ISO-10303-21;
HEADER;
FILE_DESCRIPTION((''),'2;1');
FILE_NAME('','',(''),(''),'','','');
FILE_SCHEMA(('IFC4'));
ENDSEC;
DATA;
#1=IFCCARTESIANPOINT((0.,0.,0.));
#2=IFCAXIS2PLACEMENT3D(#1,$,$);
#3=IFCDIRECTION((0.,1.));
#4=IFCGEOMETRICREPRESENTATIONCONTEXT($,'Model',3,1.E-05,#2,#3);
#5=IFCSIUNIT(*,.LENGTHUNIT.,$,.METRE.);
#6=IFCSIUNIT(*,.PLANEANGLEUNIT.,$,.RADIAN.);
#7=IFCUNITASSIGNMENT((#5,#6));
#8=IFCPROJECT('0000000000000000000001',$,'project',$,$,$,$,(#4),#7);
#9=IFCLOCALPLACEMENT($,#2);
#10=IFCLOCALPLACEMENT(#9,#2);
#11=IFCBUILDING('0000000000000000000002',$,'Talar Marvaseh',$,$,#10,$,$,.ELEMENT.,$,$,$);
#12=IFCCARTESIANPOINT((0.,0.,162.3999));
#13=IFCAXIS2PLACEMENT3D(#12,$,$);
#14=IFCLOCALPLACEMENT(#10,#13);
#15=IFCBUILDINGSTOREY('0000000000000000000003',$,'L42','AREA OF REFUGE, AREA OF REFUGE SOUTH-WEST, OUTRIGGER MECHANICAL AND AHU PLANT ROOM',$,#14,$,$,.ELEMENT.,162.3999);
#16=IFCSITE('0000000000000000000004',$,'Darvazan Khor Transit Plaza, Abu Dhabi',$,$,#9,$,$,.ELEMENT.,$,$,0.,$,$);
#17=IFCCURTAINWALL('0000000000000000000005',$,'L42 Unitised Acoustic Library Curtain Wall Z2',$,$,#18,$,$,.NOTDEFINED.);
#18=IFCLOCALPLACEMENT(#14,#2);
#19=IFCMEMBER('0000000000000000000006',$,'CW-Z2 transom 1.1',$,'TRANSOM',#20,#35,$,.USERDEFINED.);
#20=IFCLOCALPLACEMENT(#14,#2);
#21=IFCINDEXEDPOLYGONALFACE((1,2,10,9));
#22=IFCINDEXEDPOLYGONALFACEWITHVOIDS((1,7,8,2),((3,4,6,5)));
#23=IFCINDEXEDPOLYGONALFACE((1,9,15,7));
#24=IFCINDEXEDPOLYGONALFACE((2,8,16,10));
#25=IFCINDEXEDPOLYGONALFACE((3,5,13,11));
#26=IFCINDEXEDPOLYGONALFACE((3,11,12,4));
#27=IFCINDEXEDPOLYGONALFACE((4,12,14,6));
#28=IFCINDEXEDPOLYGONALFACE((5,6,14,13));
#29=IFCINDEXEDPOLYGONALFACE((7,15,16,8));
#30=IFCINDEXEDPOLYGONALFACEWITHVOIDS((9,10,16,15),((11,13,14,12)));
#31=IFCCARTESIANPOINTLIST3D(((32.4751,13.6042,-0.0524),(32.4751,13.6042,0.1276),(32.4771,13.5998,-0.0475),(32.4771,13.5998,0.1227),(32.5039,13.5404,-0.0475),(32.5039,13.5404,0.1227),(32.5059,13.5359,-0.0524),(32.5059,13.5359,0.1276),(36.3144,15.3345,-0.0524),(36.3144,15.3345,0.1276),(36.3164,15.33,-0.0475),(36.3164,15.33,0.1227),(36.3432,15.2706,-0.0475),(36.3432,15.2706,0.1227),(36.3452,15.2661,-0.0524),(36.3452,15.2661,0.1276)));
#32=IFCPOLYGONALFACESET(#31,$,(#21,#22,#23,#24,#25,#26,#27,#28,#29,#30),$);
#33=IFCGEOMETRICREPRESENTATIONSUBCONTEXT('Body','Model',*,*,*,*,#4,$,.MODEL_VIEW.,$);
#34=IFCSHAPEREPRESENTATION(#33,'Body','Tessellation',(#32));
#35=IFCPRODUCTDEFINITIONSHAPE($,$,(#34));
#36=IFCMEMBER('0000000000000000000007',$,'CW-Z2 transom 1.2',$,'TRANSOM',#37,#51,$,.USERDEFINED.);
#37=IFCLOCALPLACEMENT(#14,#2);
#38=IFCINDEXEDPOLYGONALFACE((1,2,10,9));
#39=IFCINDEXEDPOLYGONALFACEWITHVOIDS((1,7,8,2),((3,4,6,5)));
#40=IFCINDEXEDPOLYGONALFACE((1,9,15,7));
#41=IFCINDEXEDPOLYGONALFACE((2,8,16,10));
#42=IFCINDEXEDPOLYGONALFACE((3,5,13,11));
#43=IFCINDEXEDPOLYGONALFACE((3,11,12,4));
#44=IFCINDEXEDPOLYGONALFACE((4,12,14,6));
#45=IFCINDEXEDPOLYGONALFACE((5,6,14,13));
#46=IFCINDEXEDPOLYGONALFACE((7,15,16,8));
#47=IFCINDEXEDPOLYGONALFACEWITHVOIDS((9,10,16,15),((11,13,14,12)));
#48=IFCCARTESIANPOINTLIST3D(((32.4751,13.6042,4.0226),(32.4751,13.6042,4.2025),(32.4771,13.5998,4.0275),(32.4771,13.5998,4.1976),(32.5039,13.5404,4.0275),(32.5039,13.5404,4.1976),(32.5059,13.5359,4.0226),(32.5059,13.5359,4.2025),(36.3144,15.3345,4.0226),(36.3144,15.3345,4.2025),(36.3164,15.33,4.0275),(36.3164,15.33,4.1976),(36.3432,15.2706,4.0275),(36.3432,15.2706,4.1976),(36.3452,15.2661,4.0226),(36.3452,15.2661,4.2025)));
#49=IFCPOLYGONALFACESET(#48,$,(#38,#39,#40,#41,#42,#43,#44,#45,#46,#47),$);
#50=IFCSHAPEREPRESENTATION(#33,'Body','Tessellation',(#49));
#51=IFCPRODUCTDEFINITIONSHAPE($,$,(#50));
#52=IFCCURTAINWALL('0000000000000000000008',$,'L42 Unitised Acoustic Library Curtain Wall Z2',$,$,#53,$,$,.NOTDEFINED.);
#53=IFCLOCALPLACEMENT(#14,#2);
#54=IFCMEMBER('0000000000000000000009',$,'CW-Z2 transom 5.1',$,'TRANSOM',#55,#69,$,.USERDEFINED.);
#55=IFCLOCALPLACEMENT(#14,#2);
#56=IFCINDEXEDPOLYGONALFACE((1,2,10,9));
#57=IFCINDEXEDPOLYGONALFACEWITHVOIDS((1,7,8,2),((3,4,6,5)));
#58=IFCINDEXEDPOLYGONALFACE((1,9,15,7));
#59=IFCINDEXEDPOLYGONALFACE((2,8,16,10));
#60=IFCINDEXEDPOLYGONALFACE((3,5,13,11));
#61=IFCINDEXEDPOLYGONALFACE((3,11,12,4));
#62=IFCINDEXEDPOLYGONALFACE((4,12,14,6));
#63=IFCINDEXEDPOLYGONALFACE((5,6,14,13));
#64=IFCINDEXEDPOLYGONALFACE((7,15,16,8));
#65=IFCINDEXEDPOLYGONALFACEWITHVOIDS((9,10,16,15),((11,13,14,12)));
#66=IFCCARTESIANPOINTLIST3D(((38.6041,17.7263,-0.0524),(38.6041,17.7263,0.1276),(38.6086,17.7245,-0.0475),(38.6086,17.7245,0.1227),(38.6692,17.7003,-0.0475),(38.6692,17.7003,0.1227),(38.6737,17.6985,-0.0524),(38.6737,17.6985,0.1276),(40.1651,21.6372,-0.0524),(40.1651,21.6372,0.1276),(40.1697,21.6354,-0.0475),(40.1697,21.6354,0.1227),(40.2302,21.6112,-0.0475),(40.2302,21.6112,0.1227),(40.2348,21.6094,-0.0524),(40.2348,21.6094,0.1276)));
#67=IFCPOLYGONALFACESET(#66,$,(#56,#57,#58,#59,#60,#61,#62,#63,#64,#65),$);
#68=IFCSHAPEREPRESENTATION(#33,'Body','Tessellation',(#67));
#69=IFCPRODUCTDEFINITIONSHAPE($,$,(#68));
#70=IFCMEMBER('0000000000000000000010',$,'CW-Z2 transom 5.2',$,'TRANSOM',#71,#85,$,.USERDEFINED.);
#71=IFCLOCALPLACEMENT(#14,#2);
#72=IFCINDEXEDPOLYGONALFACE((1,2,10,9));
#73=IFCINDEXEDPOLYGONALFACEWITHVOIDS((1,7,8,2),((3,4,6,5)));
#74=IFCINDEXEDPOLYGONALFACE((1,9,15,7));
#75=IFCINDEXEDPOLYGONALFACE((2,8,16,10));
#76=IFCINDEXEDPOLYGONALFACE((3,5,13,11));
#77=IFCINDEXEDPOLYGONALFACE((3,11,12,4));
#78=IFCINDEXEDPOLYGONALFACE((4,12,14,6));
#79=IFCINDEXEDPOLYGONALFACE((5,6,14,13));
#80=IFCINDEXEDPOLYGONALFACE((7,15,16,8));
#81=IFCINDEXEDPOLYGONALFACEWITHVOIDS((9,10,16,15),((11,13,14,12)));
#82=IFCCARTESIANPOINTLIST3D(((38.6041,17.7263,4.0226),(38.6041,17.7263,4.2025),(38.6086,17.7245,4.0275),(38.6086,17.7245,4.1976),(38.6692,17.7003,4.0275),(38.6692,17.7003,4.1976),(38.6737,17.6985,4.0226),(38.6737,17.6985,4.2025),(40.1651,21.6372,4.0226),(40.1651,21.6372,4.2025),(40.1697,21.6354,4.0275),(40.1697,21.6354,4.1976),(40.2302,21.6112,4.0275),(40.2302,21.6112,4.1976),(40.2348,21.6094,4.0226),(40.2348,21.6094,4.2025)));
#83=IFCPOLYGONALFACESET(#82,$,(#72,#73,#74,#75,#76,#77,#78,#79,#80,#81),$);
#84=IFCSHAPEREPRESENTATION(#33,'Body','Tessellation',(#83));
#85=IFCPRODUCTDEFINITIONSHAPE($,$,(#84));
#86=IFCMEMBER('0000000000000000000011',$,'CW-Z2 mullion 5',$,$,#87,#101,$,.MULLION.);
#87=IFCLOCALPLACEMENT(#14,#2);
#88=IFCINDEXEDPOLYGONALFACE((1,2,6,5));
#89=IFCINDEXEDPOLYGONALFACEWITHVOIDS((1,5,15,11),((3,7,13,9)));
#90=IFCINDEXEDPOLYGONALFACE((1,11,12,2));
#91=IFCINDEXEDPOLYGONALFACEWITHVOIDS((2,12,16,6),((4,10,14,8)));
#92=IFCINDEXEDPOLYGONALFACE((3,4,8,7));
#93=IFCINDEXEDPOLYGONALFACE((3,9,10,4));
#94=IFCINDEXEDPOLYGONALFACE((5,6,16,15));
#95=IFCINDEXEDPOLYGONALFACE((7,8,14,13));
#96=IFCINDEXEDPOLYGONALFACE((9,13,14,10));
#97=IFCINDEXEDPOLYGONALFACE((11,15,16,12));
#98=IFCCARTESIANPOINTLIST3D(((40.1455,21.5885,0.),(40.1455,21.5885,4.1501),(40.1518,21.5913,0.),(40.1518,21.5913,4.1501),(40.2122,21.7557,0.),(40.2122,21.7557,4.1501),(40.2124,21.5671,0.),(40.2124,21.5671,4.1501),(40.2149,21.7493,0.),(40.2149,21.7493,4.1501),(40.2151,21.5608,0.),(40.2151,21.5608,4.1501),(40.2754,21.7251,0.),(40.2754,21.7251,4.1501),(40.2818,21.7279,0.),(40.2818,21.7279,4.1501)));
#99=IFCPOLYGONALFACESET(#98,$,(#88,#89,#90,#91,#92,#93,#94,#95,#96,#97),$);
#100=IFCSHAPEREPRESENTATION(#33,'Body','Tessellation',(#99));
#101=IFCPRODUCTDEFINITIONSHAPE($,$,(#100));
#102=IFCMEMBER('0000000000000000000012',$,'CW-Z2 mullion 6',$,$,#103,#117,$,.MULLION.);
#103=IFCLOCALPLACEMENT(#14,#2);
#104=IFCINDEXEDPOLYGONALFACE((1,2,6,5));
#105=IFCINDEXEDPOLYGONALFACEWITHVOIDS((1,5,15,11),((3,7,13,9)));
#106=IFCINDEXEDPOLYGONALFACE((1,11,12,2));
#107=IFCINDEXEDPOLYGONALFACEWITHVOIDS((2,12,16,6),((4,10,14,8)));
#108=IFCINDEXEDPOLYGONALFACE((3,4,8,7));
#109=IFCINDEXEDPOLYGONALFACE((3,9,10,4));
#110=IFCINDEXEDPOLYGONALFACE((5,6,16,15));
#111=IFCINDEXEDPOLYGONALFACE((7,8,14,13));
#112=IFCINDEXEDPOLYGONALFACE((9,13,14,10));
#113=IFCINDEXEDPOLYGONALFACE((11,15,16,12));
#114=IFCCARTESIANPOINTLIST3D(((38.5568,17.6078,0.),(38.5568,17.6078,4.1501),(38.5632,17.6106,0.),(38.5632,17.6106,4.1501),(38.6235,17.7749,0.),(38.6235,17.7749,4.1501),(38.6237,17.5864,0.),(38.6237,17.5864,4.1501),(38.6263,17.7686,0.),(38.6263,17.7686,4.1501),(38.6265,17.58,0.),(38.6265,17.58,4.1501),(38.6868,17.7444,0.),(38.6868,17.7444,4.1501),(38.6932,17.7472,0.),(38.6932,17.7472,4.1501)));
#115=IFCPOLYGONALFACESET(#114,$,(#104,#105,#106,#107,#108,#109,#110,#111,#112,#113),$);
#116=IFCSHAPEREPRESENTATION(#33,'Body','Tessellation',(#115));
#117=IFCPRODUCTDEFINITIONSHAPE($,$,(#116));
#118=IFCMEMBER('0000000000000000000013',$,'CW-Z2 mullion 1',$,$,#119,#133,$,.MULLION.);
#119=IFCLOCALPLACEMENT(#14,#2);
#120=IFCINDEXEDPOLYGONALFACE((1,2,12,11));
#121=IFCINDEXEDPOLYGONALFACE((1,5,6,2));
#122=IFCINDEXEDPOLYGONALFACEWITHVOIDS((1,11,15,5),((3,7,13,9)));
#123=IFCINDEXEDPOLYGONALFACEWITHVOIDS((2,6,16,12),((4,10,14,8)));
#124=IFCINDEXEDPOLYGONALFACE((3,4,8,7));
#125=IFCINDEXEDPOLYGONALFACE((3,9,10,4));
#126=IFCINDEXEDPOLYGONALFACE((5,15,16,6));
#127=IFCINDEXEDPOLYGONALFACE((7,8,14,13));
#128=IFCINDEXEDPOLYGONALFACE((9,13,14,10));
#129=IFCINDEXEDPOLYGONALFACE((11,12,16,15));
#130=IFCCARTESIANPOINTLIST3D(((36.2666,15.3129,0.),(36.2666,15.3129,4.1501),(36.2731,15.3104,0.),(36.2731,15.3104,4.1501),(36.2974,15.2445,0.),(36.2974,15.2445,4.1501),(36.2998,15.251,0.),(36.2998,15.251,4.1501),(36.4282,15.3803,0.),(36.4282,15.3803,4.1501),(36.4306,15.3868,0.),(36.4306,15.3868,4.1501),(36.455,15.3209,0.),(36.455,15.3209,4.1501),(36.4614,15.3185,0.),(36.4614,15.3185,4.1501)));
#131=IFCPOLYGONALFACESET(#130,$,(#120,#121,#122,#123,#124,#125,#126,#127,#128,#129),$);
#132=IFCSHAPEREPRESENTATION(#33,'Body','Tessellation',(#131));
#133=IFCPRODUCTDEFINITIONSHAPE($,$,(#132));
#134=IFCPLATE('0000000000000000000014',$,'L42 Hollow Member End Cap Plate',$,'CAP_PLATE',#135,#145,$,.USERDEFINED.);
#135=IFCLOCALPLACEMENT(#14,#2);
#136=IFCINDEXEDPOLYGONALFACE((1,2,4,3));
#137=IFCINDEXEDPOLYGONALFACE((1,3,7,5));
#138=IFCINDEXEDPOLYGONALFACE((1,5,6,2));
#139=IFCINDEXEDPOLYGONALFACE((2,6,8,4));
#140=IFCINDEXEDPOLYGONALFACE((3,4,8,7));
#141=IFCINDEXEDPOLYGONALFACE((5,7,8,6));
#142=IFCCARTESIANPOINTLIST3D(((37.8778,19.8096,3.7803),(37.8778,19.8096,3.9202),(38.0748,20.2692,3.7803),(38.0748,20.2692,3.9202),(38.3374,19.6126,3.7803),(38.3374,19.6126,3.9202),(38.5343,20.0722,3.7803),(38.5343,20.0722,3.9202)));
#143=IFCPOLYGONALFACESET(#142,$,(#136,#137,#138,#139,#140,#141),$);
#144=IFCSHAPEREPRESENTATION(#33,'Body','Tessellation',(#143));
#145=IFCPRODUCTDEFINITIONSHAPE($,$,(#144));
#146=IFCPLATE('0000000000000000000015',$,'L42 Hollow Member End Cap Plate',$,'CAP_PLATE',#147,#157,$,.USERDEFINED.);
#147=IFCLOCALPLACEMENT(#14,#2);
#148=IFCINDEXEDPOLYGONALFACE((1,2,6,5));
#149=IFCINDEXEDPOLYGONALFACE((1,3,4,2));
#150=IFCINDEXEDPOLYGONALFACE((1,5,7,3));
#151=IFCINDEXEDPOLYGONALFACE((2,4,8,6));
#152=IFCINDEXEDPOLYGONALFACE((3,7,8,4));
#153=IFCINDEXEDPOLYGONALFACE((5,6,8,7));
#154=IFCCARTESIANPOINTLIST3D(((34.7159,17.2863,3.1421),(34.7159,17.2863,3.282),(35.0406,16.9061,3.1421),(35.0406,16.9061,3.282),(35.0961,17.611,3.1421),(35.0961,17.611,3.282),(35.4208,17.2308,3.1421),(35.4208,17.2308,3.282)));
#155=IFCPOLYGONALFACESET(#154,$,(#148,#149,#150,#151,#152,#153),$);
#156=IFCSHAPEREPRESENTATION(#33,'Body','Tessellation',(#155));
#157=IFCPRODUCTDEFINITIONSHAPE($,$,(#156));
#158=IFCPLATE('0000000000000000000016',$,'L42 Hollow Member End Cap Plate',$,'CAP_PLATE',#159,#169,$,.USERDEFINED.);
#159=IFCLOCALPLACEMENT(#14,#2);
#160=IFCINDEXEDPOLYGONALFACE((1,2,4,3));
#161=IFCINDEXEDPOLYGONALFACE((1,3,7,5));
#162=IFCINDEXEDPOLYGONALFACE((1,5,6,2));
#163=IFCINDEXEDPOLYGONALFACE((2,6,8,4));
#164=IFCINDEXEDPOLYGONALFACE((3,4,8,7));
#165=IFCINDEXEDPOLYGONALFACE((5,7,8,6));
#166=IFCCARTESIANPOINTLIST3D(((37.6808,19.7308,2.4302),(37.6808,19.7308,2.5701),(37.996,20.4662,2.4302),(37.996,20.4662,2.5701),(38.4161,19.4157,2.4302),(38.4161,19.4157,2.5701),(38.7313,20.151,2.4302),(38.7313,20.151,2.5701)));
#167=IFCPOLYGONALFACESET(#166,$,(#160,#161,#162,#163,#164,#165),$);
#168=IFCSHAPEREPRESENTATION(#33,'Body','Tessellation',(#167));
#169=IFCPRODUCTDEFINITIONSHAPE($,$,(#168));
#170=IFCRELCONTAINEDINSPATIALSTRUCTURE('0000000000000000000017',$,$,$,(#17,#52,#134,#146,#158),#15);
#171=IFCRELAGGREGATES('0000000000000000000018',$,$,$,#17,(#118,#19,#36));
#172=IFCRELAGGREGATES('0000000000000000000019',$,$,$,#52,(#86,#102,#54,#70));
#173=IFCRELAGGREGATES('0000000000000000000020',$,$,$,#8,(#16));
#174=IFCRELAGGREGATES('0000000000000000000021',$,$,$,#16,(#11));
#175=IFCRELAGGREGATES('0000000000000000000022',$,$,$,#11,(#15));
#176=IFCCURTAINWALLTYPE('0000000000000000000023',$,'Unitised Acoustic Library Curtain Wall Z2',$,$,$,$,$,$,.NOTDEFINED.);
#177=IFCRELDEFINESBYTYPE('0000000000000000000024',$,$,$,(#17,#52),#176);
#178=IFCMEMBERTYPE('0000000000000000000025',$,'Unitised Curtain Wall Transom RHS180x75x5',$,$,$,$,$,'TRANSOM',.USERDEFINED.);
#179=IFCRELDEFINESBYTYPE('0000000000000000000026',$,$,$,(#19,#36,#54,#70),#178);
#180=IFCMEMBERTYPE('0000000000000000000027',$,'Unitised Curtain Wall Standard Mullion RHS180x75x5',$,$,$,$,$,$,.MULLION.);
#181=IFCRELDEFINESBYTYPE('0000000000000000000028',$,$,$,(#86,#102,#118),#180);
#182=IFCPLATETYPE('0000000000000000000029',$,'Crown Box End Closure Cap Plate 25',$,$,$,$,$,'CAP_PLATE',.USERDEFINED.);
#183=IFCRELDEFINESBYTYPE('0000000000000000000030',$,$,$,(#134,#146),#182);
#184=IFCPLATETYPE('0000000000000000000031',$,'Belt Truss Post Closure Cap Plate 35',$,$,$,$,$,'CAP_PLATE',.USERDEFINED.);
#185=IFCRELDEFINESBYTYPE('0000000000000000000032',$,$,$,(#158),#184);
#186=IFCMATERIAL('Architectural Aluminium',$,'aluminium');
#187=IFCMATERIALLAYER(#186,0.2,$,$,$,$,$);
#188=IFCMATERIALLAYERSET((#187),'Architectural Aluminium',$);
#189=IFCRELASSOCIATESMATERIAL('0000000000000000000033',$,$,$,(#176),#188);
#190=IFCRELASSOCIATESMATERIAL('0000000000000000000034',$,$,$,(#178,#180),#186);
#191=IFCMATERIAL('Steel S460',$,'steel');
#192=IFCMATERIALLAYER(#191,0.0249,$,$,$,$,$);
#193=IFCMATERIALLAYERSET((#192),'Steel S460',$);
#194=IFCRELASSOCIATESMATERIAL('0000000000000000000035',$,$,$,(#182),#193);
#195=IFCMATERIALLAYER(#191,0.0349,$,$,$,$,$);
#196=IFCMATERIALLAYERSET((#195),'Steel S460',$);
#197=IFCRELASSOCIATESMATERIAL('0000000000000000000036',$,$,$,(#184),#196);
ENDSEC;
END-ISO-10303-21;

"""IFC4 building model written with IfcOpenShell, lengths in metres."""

from ifc_helpers import new_model, si_unit, direction, frame, origin, origin_2d, place, context, subcontext, project, spatial, rectangle, hollow_rectangle, extrude, source, transform, mapped, material, layer, layer_set, material_profile, profile_set, type_object, type_shapes, element, aggregate, save


model = new_model("IFC4")

# Units and contexts
model_context = context("Model", 3, precision=1e-05, world=origin(), true_north=direction((0.0, 1.0)))
body_context = subcontext(model_context, "Body", "Model", "MODEL_VIEW")
ifc_project = project(units=[si_unit("LENGTHUNIT", "METRE"), si_unit("PLANEANGLEUNIT", "RADIAN")], contexts=[model_context])

# Site, building, storey
site_placement = place(None, origin())
site = spatial("IfcSite", under=ifc_project, at=site_placement, Name="Darvazan Khor Transit Plaza, Abu Dhabi", CompositionType="ELEMENT", RefElevation=0.0)
building_placement = place(site_placement, origin())
building = spatial("IfcBuilding", under=site, at=building_placement, Name="Talar Marvaseh", CompositionType="ELEMENT")
storey_placement = place(building_placement, frame((0.0, 0.0, 162.3999)))
storey = spatial("IfcBuildingStorey", under=building, at=storey_placement, Name="L42", Description="AREA OF REFUGE, AREA OF REFUGE SOUTH-WEST, OUTRIGGER MECHANICAL AND AHU PLANT ROOM", CompositionType="ELEMENT", Elevation=162.3999)

# Shared definitions
ifc_material_1 = material(Name="Steel S460", Category="steel")

# Curtain walls, members
ifc_material_2 = material(Name="Architectural Aluminium", Category="aluminium")
ifc_layer_1 = layer(ifc_material_2, 0.2)
ifc_layer_set_1 = layer_set([ifc_layer_1], Name="Architectural Aluminium")
curtain_wall_type = type_object("IfcCurtainWallType", Name="Unitised Acoustic Library Curtain Wall Z2", PredefinedType="NOTDEFINED", material=ifc_layer_set_1)
curtain_wall_1_placement = place(storey_placement, origin())
curtain_wall_1 = element("IfcCurtainWall", 1, at=curtain_wall_1_placement, inside=storey, type_object=curtain_wall_type, Name="L42 Unitised Acoustic Library Curtain Wall Z2", PredefinedType="NOTDEFINED")
ifc_material_profile_1 = material_profile(ifc_material_2, hollow_rectangle(XDim=0.075, YDim=0.1799, WallThickness=0.0049, at=origin_2d()), Name="RHS180x75x5")
ifc_profile_set_1 = profile_set([ifc_material_profile_1], Name="Architectural Aluminium")
member_type_1 = type_object("IfcMemberType", Name="Unitised Curtain Wall Transom RHS180x75x5", ElementType="TRANSOM", PredefinedType="USERDEFINED", material=ifc_profile_set_1)
shared_shape_1 = source(origin(), body_context, "Body", "SweptSolid", [
    extrude(hollow_rectangle(XDim=0.075, YDim=0.1799, WallThickness=0.0049, at=origin_2d()), origin(), (0.0, 0.0, 1.0), 4.2112),
])
member_1_placement = place(storey_placement, frame((36.3298, 15.3003, 0.0376), z_axis=(-0.911698, -0.410861, 0.0), x_axis=(0.410861, -0.911698, 0.0)))
member_1 = element("IfcMember", 2, at=member_1_placement, type_object=member_type_1, Name="CW-Z2 transom 1.1", ObjectType="TRANSOM", PredefinedType="USERDEFINED", context=body_context, shape_type="MappedRepresentation", body=[
    mapped(shared_shape_1, transform((0.0, 0.0, 0.0), x_axis=(1.0, 0.0, 0.0), y_axis=(0.0, 1.0, 0.0), z_axis=(0.0, 0.0, 1.0), scale=1.0)),
])
member_2_placement = place(storey_placement, frame((36.3298, 15.3003, 4.1125), z_axis=(-0.911698, -0.410861, 0.0), x_axis=(0.410861, -0.911698, 0.0)))
member_2 = element("IfcMember", 3, at=member_2_placement, type_object=member_type_1, Name="CW-Z2 transom 1.2", ObjectType="TRANSOM", PredefinedType="USERDEFINED", context=body_context, shape_type="MappedRepresentation", body=[
    mapped(shared_shape_1, transform((0.0, 0.0, 0.0), x_axis=(1.0, 0.0, 0.0), y_axis=(0.0, 1.0, 0.0), z_axis=(0.0, 0.0, 1.0), scale=1.0)),
])
curtain_wall_2_placement = place(storey_placement, origin())
curtain_wall_2 = element("IfcCurtainWall", 4, at=curtain_wall_2_placement, inside=storey, type_object=curtain_wall_type, Name="L42 Unitised Acoustic Library Curtain Wall Z2", PredefinedType="NOTDEFINED")
shared_shape_2 = source(origin(), body_context, "Body", "SweptSolid", [
    extrude(hollow_rectangle(XDim=0.075, YDim=0.1799, WallThickness=0.0049, at=origin_2d()), origin(), (0.0, 0.0, 1.0), 4.2109),
])
type_shapes(member_type_1, [shared_shape_1, shared_shape_2])
member_3_placement = place(storey_placement, frame((40.2, 21.6233, 0.0376), z_axis=(-0.370711, -0.928748, 0.0), x_axis=(0.928748, -0.370711, 0.0)))
member_3 = element("IfcMember", 5, at=member_3_placement, type_object=member_type_1, Name="CW-Z2 transom 5.1", ObjectType="TRANSOM", PredefinedType="USERDEFINED", context=body_context, shape_type="MappedRepresentation", body=[
    mapped(shared_shape_2, transform((0.0, 0.0, 0.0), x_axis=(1.0, 0.0, 0.0), y_axis=(0.0, 1.0, 0.0), z_axis=(0.0, 0.0, 1.0), scale=1.0)),
])
member_4_placement = place(storey_placement, frame((40.2, 21.6233, 4.1125), z_axis=(-0.370711, -0.928748, 0.0), x_axis=(0.928748, -0.370711, 0.0)))
member_4 = element("IfcMember", 6, at=member_4_placement, type_object=member_type_1, Name="CW-Z2 transom 5.2", ObjectType="TRANSOM", PredefinedType="USERDEFINED", context=body_context, shape_type="MappedRepresentation", body=[
    mapped(shared_shape_2, transform((0.0, 0.0, 0.0), x_axis=(1.0, 0.0, 0.0), y_axis=(0.0, 1.0, 0.0), z_axis=(0.0, 0.0, 1.0), scale=1.0)),
])
ifc_material_profile_2 = material_profile(ifc_material_2, hollow_rectangle(XDim=0.075, YDim=0.1799, WallThickness=0.0049, at=origin_2d()), Name="RHS180x75x5")
ifc_profile_set_2 = profile_set([ifc_material_profile_2], Name="Architectural Aluminium")
member_type_2 = type_object("IfcMemberType", Name="Unitised Curtain Wall Standard Mullion RHS180x75x5", PredefinedType="MULLION", material=ifc_profile_set_2)
shared_shape_3 = source(origin(), body_context, "Body", "SweptSolid", [
    extrude(hollow_rectangle(XDim=0.075, YDim=0.1799, WallThickness=0.0049, at=origin_2d()), origin(), (0.0, 0.0, 1.0), 4.1501),
])
type_shapes(member_type_2, [shared_shape_3])
member_5_placement = place(storey_placement, frame((40.2136, 21.6582, 0.0), z_axis=(0.0, 0.0, 1.0), x_axis=(0.928752, -0.370702, 0.0)))
member_5 = element("IfcMember", 7, at=member_5_placement, type_object=member_type_2, Name="CW-Z2 mullion 5", PredefinedType="MULLION", context=body_context, shape_type="MappedRepresentation", body=[
    mapped(shared_shape_3, transform((0.0, 0.0, 0.0), x_axis=(1.0, 0.0, 0.0), y_axis=(0.0, 1.0, 0.0), z_axis=(0.0, 0.0, 1.0), scale=1.0)),
])
member_6_placement = place(storey_placement, frame((38.625, 17.6775, 0.0), z_axis=(0.0, 0.0, 1.0), x_axis=(0.928752, -0.370702, 0.0)))
member_6 = element("IfcMember", 8, at=member_6_placement, type_object=member_type_2, Name="CW-Z2 mullion 6", PredefinedType="MULLION", context=body_context, shape_type="MappedRepresentation", body=[
    mapped(shared_shape_3, transform((0.0, 0.0, 0.0), x_axis=(1.0, 0.0, 0.0), y_axis=(0.0, 1.0, 0.0), z_axis=(0.0, 0.0, 1.0), scale=1.0)),
])

# Member
member_7_placement = place(storey_placement, frame((36.364, 15.3157, 0.0), z_axis=(0.0, 0.0, 1.0), x_axis=(0.410862, -0.911697, 0.0)))
member_7 = element("IfcMember", 9, at=member_7_placement, type_object=member_type_2, Name="CW-Z2 mullion 1", PredefinedType="MULLION", context=body_context, shape_type="MappedRepresentation", body=[
    mapped(shared_shape_3, transform((0.0, 0.0, 0.0), x_axis=(1.0, 0.0, 0.0), y_axis=(0.0, 1.0, 0.0), z_axis=(0.0, 0.0, 1.0), scale=1.0)),
])
aggregate(curtain_wall_1, [member_7, member_1, member_2])

# Plates
ifc_layer_2 = layer(ifc_material_1, 0.0249)
ifc_layer_set_2 = layer_set([ifc_layer_2], Name="Steel S460")
plate_type_1 = type_object("IfcPlateType", Name="Crown Box End Closure Cap Plate 25", ElementType="CAP_PLATE", PredefinedType="USERDEFINED", material=ifc_layer_set_2)
shared_shape_4 = source(origin(), body_context, "Body", "SweptSolid", [
    extrude(rectangle(XDim=0.5, YDim=0.5, at=origin_2d()), origin(), (0.0, 0.0, 1.0), 0.1399),
])
type_shapes(plate_type_1, [shared_shape_4])
for number, where, z_axis, x_axis, name in (
    (10, (38.2061, 19.9409, 3.7803), (0.0, 0.0, 1.0), (-0.393942, -0.919135, 0.0), "L42 Hollow Member End Cap Plate"),
    (11, (35.0684, 17.2585, 3.1421), (0.0, 0.0, 1.0), (0.760406, 0.649448, 0.0), "L42 Hollow Member End Cap Plate"),
):
    element("IfcPlate", number, at=place(storey_placement, frame(where, z_axis=z_axis, x_axis=x_axis)), inside=storey, type_object=plate_type_1, Name=name, ObjectType="CAP_PLATE", PredefinedType="USERDEFINED", context=body_context, shape_type="MappedRepresentation", body=[
        mapped(shared_shape_4, transform((0.0, 0.0, 0.0), x_axis=(1.0, 0.0, 0.0), y_axis=(0.0, 1.0, 0.0), z_axis=(0.0, 0.0, 1.0), scale=1.0)),
    ])
ifc_layer_3 = layer(ifc_material_1, 0.0349)
ifc_layer_set_3 = layer_set([ifc_layer_3], Name="Steel S460")
plate_type_2 = type_object("IfcPlateType", Name="Belt Truss Post Closure Cap Plate 35", ElementType="CAP_PLATE", PredefinedType="USERDEFINED", material=ifc_layer_set_3)
shared_shape_5 = source(origin(), body_context, "Body", "SweptSolid", [
    extrude(rectangle(XDim=0.8, YDim=0.8, at=origin_2d()), origin(), (0.0, 0.0, 1.0), 0.1399),
])
plate_1_placement = place(storey_placement, frame((38.2061, 19.9409, 2.4302), z_axis=(0.0, 0.0, 1.0), x_axis=(-0.393942, -0.919135, 0.0)))
element("IfcPlate", 12, at=plate_1_placement, inside=storey, type_object=plate_type_2, Name="L42 Hollow Member End Cap Plate", ObjectType="CAP_PLATE", PredefinedType="USERDEFINED", context=body_context, shape_type="MappedRepresentation", body=[
    mapped(shared_shape_5, transform((0.0, 0.0, 0.0), x_axis=(1.0, 0.0, 0.0), y_axis=(0.0, 1.0, 0.0), z_axis=(0.0, 0.0, 1.0), scale=1.0)),
])

aggregate(curtain_wall_2, [member_5, member_6, member_3, member_4])

save(model, "model.ifc")
